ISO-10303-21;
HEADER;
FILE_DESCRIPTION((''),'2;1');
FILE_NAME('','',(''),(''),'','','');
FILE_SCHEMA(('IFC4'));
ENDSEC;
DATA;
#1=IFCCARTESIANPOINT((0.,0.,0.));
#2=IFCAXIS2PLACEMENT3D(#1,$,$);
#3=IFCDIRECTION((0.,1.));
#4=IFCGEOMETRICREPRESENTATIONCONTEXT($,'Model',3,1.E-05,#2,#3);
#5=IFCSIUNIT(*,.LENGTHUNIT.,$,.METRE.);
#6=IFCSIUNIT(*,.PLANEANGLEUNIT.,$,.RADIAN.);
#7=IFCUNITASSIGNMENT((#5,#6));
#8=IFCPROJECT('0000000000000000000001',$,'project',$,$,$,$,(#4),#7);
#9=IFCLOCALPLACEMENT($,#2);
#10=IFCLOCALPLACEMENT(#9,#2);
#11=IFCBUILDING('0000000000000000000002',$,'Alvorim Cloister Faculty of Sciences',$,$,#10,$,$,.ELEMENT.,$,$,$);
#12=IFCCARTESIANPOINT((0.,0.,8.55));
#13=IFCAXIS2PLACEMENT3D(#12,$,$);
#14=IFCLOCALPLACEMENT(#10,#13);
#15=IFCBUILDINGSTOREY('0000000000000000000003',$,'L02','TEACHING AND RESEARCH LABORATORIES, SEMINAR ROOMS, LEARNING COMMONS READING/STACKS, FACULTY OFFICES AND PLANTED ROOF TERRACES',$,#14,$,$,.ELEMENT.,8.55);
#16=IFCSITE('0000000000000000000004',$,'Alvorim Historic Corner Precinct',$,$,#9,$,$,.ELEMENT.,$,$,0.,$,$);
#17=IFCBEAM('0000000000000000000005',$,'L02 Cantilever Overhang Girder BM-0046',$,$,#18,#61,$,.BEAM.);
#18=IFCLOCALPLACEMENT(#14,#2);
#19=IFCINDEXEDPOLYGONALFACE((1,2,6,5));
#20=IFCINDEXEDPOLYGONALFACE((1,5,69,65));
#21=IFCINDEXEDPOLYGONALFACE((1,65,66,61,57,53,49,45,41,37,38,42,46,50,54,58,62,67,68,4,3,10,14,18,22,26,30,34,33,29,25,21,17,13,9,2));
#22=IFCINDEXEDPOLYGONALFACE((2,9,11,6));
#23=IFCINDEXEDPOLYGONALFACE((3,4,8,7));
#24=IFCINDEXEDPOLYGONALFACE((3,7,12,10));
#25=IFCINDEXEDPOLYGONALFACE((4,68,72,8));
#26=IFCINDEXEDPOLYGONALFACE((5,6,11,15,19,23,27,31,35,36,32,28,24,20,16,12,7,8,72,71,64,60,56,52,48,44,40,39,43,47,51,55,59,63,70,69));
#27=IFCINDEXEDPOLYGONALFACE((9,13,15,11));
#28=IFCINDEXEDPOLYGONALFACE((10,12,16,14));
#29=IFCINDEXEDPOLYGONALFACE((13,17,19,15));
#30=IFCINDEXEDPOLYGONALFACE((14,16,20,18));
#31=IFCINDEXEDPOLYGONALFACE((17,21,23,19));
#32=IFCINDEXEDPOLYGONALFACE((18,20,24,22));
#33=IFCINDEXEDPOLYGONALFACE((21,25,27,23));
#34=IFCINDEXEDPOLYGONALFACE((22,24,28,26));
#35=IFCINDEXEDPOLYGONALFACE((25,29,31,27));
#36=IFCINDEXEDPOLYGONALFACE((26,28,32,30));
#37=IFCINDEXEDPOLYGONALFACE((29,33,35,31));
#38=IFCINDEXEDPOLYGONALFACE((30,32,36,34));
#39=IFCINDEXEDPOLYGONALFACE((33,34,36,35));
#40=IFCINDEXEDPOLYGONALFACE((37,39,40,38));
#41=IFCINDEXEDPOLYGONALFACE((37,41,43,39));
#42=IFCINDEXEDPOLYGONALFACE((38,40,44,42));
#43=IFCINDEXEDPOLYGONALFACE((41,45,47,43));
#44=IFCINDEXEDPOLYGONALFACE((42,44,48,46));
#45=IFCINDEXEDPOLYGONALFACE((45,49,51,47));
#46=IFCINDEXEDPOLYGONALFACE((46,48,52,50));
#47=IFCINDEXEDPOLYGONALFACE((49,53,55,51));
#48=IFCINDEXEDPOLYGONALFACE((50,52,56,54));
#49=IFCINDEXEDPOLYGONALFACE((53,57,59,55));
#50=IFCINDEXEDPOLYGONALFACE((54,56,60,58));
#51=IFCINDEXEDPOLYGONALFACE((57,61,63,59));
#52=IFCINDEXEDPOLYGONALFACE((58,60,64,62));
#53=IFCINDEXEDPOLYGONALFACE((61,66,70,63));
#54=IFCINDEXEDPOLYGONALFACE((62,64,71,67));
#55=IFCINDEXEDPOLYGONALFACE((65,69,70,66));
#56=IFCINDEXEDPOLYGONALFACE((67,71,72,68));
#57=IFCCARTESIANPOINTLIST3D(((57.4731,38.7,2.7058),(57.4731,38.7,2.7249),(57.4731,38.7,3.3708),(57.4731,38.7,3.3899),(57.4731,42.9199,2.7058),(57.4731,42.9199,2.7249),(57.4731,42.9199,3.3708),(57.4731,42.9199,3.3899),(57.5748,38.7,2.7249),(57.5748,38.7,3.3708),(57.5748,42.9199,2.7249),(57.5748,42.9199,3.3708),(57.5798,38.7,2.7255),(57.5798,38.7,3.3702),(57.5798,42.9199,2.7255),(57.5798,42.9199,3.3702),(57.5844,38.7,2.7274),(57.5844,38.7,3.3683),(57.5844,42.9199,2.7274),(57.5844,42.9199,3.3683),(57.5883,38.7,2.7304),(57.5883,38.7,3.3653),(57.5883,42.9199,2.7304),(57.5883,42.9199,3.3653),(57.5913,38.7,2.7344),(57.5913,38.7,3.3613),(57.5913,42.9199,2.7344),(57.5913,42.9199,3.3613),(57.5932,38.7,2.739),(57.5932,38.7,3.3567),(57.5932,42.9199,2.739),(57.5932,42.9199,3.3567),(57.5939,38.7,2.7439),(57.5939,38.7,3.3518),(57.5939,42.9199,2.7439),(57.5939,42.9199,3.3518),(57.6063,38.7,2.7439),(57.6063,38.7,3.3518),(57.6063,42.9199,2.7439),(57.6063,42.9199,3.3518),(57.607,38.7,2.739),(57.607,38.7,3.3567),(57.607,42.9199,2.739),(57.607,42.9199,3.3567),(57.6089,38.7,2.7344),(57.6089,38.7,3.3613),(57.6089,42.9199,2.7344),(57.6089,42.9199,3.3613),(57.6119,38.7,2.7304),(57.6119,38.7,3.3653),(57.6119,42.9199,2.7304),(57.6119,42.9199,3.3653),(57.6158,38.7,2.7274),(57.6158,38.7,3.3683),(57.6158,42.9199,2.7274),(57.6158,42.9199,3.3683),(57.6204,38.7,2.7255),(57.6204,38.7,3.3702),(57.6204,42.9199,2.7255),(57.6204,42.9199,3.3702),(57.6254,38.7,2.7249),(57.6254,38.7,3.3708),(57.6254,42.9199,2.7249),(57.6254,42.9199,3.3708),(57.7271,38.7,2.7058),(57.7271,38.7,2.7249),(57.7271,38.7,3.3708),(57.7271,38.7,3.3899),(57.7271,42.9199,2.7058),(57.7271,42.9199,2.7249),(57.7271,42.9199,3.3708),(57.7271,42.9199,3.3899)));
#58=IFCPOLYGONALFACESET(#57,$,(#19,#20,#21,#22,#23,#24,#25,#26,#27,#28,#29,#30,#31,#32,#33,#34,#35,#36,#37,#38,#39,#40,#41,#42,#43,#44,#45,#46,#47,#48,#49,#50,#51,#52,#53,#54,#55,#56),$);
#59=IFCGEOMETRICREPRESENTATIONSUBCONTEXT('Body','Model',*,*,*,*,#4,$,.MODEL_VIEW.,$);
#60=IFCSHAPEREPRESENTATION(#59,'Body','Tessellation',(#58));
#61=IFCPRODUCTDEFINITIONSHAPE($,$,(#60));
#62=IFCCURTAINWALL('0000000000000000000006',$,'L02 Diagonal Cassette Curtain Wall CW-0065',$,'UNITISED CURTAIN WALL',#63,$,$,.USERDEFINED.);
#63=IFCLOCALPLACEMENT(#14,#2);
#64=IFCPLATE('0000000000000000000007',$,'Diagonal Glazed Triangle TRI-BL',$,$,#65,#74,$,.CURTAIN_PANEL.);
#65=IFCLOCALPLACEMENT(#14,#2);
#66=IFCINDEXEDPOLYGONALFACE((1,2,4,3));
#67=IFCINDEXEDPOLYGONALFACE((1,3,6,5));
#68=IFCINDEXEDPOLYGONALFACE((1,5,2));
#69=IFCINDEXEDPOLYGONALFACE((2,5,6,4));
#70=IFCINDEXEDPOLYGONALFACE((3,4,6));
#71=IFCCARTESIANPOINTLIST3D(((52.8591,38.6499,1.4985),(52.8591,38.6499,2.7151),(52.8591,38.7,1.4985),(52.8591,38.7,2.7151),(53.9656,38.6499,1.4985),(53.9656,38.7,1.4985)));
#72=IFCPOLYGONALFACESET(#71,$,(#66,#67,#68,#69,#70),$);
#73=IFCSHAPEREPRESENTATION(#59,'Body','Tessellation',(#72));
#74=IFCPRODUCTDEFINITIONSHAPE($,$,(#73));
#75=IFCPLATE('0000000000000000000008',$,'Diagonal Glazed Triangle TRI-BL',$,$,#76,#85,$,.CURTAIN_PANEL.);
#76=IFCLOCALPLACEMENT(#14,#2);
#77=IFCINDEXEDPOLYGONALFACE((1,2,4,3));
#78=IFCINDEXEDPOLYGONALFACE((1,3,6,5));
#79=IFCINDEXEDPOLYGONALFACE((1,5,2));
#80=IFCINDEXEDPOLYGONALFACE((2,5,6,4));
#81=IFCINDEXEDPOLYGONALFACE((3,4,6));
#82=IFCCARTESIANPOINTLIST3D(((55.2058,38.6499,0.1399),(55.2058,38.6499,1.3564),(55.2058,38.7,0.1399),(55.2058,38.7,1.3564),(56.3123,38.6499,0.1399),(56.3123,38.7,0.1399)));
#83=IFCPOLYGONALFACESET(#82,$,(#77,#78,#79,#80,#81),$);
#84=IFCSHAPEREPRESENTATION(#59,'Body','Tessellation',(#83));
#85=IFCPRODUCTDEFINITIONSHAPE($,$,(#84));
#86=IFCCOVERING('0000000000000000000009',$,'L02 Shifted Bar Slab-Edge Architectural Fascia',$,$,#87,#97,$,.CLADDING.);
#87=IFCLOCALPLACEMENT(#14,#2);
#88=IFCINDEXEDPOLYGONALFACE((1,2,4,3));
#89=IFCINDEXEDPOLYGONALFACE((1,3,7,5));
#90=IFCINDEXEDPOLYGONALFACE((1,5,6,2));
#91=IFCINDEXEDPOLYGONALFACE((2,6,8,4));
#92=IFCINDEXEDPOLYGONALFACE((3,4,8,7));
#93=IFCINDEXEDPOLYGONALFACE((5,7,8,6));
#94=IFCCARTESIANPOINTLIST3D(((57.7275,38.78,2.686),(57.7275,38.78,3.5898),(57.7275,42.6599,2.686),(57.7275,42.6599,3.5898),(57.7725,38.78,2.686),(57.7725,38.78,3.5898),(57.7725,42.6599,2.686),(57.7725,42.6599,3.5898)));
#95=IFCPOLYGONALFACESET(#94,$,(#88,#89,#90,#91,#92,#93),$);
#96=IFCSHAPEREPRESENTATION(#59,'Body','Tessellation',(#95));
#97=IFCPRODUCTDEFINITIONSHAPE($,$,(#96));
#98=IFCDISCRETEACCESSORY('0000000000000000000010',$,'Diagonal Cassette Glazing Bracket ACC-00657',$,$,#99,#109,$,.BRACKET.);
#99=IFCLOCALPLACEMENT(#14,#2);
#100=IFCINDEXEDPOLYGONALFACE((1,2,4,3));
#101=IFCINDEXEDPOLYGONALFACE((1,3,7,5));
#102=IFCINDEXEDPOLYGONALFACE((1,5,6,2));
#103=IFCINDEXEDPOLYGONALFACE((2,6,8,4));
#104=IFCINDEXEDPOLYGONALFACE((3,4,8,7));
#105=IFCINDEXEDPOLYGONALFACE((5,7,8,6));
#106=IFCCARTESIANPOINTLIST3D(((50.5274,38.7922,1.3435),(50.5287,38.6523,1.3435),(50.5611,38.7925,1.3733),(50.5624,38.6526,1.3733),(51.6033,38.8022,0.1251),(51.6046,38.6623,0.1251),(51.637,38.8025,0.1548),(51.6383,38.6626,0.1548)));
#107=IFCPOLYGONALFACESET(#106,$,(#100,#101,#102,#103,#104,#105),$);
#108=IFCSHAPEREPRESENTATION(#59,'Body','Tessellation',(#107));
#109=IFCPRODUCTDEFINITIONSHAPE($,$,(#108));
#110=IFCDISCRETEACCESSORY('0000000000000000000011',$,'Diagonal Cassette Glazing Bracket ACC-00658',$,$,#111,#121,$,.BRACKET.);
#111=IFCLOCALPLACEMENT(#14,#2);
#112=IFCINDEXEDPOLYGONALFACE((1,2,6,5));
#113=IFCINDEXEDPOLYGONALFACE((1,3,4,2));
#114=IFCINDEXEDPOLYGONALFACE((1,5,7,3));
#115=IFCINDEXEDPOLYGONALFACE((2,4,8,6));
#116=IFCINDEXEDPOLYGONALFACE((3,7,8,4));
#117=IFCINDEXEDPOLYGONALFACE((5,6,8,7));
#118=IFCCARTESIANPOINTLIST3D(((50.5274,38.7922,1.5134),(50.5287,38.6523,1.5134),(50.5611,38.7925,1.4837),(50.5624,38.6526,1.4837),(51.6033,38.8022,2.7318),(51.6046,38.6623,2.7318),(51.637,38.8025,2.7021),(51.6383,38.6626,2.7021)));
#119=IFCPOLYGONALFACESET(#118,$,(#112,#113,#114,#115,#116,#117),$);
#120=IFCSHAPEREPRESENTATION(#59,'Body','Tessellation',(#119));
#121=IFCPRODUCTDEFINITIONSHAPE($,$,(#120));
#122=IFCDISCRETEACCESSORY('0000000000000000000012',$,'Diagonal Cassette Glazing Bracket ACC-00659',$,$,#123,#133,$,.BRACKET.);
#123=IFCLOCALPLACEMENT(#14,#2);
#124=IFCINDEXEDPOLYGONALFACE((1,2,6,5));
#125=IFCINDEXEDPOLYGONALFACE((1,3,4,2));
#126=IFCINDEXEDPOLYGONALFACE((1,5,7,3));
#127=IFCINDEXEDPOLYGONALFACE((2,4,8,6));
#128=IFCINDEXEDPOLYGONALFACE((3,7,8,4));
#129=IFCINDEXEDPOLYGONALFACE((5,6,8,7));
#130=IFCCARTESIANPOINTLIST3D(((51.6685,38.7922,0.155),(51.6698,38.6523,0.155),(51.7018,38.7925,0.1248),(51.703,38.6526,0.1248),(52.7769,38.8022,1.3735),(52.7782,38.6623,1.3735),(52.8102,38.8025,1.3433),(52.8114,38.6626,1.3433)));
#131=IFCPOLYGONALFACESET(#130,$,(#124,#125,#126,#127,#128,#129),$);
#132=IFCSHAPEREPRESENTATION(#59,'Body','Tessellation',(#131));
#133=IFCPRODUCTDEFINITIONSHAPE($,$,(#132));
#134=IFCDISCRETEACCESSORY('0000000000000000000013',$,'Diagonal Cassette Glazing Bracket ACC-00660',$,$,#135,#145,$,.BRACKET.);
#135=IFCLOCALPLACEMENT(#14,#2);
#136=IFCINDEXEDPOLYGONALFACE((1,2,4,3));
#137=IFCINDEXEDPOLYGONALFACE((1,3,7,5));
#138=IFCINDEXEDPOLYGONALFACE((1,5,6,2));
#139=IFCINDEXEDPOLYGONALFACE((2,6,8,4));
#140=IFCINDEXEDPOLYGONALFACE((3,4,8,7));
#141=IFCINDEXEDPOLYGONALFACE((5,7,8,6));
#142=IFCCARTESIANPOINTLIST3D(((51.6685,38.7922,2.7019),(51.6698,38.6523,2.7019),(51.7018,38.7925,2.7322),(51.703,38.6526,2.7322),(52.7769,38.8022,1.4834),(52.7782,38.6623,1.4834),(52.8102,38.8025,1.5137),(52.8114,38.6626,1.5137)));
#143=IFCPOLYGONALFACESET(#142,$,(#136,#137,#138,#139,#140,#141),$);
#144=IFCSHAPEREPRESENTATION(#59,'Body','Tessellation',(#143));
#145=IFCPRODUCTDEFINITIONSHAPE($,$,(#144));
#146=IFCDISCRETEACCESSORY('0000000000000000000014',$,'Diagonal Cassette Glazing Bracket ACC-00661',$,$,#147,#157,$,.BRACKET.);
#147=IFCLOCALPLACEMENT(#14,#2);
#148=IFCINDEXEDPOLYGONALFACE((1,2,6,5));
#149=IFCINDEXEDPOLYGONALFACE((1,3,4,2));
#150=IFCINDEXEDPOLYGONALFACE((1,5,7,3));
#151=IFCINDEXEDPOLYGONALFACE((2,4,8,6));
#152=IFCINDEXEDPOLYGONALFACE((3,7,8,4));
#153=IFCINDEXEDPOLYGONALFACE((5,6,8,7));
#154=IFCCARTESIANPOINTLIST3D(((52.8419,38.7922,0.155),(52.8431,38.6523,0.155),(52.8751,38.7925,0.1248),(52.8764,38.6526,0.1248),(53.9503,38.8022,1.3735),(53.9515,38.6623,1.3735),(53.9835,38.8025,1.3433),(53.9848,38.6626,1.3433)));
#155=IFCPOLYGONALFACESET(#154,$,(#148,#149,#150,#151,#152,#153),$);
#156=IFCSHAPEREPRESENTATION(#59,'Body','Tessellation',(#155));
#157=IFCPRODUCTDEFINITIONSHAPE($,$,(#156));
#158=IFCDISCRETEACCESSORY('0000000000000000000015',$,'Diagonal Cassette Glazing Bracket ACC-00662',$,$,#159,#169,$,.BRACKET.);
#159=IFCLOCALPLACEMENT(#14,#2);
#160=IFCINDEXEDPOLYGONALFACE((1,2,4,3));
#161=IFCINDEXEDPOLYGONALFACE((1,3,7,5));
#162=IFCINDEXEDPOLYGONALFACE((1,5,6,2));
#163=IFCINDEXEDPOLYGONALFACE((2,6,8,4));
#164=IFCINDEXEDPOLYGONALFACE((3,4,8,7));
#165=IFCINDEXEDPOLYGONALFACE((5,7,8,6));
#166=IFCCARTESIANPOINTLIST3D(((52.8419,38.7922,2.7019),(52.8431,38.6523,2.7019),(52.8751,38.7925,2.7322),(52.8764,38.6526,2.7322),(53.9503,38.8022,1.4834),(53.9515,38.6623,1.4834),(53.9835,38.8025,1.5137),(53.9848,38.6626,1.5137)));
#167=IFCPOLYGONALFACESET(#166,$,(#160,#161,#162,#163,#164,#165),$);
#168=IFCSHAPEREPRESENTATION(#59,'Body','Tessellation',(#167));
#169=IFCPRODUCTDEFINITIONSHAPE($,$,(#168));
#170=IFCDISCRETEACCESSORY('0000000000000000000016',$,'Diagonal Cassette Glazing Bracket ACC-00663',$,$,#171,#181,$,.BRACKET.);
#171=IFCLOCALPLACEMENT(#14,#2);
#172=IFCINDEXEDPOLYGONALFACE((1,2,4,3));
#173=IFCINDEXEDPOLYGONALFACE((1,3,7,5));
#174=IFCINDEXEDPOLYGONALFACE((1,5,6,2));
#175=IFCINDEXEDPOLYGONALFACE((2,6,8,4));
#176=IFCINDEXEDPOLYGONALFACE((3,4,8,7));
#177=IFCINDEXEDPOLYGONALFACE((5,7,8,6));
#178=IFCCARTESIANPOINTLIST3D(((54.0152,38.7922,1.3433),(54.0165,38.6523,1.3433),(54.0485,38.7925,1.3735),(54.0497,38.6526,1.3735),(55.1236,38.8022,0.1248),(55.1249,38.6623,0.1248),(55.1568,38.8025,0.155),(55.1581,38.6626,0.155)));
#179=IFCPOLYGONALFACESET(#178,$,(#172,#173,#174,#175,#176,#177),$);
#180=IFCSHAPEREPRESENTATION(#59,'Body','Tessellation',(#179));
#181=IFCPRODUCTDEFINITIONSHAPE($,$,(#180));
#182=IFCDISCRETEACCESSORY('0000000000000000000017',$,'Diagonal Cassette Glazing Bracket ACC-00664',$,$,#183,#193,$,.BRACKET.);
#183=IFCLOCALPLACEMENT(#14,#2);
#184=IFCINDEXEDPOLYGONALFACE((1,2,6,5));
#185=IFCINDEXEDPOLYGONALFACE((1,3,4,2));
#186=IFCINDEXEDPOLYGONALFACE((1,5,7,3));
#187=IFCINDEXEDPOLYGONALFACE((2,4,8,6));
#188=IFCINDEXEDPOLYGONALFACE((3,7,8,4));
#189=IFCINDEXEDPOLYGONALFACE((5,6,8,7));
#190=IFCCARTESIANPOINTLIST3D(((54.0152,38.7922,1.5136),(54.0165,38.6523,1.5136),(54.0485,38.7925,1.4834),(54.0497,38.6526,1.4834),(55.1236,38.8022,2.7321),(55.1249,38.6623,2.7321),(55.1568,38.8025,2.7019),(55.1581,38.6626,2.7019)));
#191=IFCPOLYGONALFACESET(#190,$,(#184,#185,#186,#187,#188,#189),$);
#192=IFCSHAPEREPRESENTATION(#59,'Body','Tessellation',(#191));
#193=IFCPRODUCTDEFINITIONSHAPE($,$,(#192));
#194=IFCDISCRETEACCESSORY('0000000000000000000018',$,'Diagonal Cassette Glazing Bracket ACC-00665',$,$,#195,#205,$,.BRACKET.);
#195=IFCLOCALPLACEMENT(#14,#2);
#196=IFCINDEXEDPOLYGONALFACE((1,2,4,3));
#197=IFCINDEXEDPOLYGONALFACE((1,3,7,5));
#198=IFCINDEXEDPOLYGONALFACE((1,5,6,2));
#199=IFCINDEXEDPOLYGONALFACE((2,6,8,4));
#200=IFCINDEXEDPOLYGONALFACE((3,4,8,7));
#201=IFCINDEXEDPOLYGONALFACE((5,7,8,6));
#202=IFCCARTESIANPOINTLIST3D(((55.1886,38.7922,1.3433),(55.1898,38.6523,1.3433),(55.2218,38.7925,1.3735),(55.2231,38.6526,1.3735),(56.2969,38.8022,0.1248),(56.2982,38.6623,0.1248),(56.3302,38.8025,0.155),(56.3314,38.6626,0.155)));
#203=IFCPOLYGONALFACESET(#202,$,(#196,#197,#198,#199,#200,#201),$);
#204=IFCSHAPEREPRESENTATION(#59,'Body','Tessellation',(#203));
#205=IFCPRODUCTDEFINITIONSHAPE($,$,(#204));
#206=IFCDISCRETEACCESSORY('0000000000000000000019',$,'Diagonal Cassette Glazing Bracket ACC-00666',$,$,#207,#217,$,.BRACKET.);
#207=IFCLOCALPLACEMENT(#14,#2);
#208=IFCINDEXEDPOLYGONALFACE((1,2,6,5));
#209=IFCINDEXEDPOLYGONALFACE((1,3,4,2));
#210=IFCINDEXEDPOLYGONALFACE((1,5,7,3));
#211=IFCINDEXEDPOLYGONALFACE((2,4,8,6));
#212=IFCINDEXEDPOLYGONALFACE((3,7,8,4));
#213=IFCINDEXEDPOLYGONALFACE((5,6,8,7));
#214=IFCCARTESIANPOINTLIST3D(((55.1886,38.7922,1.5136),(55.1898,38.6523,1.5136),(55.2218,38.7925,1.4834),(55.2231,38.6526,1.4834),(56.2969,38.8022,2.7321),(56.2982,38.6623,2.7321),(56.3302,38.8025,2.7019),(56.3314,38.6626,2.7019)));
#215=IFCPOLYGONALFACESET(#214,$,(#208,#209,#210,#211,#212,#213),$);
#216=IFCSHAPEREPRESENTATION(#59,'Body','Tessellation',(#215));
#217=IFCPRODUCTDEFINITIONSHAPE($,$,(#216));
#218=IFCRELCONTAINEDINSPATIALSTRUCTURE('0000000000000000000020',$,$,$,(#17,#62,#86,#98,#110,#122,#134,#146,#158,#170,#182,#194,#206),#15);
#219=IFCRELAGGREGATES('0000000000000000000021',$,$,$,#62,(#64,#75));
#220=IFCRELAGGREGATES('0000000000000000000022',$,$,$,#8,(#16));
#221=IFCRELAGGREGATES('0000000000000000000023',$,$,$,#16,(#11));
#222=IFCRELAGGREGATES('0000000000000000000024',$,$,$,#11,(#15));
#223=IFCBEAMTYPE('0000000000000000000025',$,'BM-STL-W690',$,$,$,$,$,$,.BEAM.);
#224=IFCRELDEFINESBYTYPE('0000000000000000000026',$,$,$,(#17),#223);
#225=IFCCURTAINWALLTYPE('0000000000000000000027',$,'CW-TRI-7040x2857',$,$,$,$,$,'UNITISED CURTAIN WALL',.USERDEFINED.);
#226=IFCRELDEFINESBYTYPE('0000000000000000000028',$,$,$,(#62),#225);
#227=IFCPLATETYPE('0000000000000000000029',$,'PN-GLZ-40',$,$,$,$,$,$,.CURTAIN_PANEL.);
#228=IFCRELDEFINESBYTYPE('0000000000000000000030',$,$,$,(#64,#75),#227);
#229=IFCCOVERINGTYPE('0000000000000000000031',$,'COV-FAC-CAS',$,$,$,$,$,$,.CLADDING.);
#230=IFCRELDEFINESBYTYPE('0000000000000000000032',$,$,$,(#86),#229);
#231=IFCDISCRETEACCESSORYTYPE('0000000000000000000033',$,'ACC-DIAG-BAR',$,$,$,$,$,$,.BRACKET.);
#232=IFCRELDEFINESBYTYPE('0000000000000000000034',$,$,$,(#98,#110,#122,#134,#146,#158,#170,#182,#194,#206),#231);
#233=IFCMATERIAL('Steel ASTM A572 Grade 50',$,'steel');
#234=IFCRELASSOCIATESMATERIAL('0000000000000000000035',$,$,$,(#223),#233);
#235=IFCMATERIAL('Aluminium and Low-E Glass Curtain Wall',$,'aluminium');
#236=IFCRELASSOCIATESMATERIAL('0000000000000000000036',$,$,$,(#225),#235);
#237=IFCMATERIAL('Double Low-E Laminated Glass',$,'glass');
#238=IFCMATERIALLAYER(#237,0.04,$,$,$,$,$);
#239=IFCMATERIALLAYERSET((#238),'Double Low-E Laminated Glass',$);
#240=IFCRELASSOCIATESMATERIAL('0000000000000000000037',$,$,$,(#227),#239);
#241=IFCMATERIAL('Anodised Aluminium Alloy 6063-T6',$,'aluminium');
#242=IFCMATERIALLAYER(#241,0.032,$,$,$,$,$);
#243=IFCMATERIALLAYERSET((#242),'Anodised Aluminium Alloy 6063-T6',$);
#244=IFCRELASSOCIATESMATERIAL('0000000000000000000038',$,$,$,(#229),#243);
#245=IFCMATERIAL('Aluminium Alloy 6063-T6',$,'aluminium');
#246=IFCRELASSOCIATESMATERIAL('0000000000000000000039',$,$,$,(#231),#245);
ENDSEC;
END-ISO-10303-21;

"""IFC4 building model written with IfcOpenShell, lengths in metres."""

from ifc_helpers import new_model, si_unit, direction, frame, origin, origin_2d, place, context, subcontext, project, spatial, polyline, rectangle, i_section, outline, extrude, material, layer, layer_set, material_profile, profile_set, type_object, element, aggregate, save


model = new_model("IFC4")

# Units and contexts
model_context = context("Model", 3, precision=1e-05, world=origin(), true_north=direction((0.0, 1.0)))
body_context = subcontext(model_context, "Body", "Model", "MODEL_VIEW")
ifc_project = project(units=[si_unit("LENGTHUNIT", "METRE"), si_unit("PLANEANGLEUNIT", "RADIAN")], contexts=[model_context])

# Site, building, storey
site_placement = place(None, origin())
site = spatial("IfcSite", under=ifc_project, at=site_placement, Name="Alvorim Historic Corner Precinct", CompositionType="ELEMENT", RefElevation=0.0)
building_placement = place(site_placement, origin())
building = spatial("IfcBuilding", under=site, at=building_placement, Name="Alvorim Cloister Faculty of Sciences", CompositionType="ELEMENT")
storey_placement = place(building_placement, frame((0.0, 0.0, 8.55)))
storey = spatial("IfcBuildingStorey", under=building, at=storey_placement, Name="L02", Description="TEACHING AND RESEARCH LABORATORIES, SEMINAR ROOMS, LEARNING COMMONS READING/STACKS, FACULTY OFFICES AND PLANTED ROOF TERRACES", CompositionType="ELEMENT", Elevation=8.55)

# Beam
ifc_material_1 = material(Name="Steel ASTM A572 Grade 50", Category="steel")
ifc_material_profile = material_profile(ifc_material_1, i_section(OverallWidth=0.2539, OverallDepth=0.6841, WebThickness=0.0125, FlangeThickness=0.019, FilletRadius=0.019, at=origin_2d()), Name="W690x140.0")
ifc_profile_set = profile_set([ifc_material_profile], Name="Steel ASTM A572 Grade 50")
beam_type = type_object("IfcBeamType", Name="BM-STL-W690", PredefinedType="BEAM", material=ifc_profile_set)
beam_placement = place(storey_placement, frame((57.6001, 38.7, 3.0479), z_axis=(0.0, 1.0, 0.0), x_axis=(-1.0, 0.0, 0.0)))
element("IfcBeam", 1, at=beam_placement, inside=storey, type_object=beam_type, Name="L02 Cantilever Overhang Girder BM-0046", PredefinedType="BEAM", context=body_context, shape_type="SweptSolid", body=[
    extrude(i_section(OverallWidth=0.2539, OverallDepth=0.6841, WebThickness=0.0125, FlangeThickness=0.019, FilletRadius=0.019, at=origin_2d()), origin(), (0.0, 0.0, 1.0), 4.22),
])

# Curtain wall, plates
ifc_material_2 = material(Name="Aluminium and Low-E Glass Curtain Wall", Category="aluminium")
curtain_wall_type = type_object("IfcCurtainWallType", Name="CW-TRI-7040x2857", ElementType="UNITISED CURTAIN WALL", PredefinedType="USERDEFINED", material=ifc_material_2)
curtain_wall_placement = place(storey_placement, origin())
curtain_wall = element("IfcCurtainWall", 2, at=curtain_wall_placement, inside=storey, type_object=curtain_wall_type, Name="L02 Diagonal Cassette Curtain Wall CW-0065", ObjectType="UNITISED CURTAIN WALL", PredefinedType="USERDEFINED")
ifc_material_3 = material(Name="Double Low-E Laminated Glass", Category="glass")
ifc_layer_1 = layer(ifc_material_3, 0.04)
ifc_layer_set_1 = layer_set([ifc_layer_1], Name="Double Low-E Laminated Glass")
plate_type = type_object("IfcPlateType", Name="PN-GLZ-40", PredefinedType="CURTAIN_PANEL", material=ifc_layer_set_1)
plate_1_placement = place(storey_placement, frame((52.8591, 38.675, 1.4985), z_axis=(0.0, 0.0, 1.0), x_axis=(1.0, 0.0, 0.0)))
plate_1 = element("IfcPlate", 3, at=plate_1_placement, type_object=plate_type, Name="Diagonal Glazed Triangle TRI-BL", PredefinedType="CURTAIN_PANEL", context=body_context, shape_type="SweptSolid", body=[
    extrude(outline(polyline([(0.0, 0.0), (1.1064, 0.0), (0.0, 1.2166), (0.0, 0.0)])), frame((0.0, 0.0249, 0.0), z_axis=(0.0, -1.0, 0.0), x_axis=(1.0, 0.0, 0.0)), (0.0, 0.0, 1.0), 0.05),
])
plate_2_placement = place(storey_placement, frame((55.2058, 38.675, 0.1399), z_axis=(0.0, 0.0, 1.0), x_axis=(1.0, 0.0, 0.0)))
plate_2 = element("IfcPlate", 4, at=plate_2_placement, type_object=plate_type, Name="Diagonal Glazed Triangle TRI-BL", PredefinedType="CURTAIN_PANEL", context=body_context, shape_type="SweptSolid", body=[
    extrude(outline(polyline([(0.0, 0.0), (1.1064, 0.0), (0.0, 1.2166), (0.0, 0.0)])), frame((0.0, 0.0249, 0.0), z_axis=(0.0, -1.0, 0.0), x_axis=(1.0, 0.0, 0.0)), (0.0, 0.0, 1.0), 0.05),
])
aggregate(curtain_wall, [plate_1, plate_2])

# Covering
ifc_material_4 = material(Name="Anodised Aluminium Alloy 6063-T6", Category="aluminium")
ifc_layer_2 = layer(ifc_material_4, 0.032)
ifc_layer_set_2 = layer_set([ifc_layer_2], Name="Anodised Aluminium Alloy 6063-T6")
covering_type = type_object("IfcCoveringType", Name="COV-FAC-CAS", PredefinedType="CLADDING", material=ifc_layer_set_2)
covering_placement = place(storey_placement, frame((57.75, 38.78, 2.686), z_axis=(0.0, 0.0, 1.0), x_axis=(0.0, 1.0, 0.0)))
element("IfcCovering", 5, at=covering_placement, inside=storey, type_object=covering_type, Name="L02 Shifted Bar Slab-Edge Architectural Fascia", PredefinedType="CLADDING", context=body_context, shape_type="SweptSolid", body=[
    extrude(outline(polyline([(0.0, 0.0), (3.8799, 0.0), (3.8799, 0.9038), (0.0, 0.9038), (0.0, 0.0)])), frame((0.0, 0.0225, 0.0), z_axis=(0.0, -1.0, 0.0), x_axis=(1.0, 0.0, 0.0)), (0.0, 0.0, 1.0), 0.0449),
])

# Discrete accessories
ifc_material_5 = material(Name="Aluminium Alloy 6063-T6", Category="aluminium")
discrete_accessory_type = type_object("IfcDiscreteAccessoryType", Name="ACC-DIAG-BAR", PredefinedType="BRACKET", material=ifc_material_5)
for number, where, z_axis, x_axis, name in (
    (6, (50.5449, 38.7224, 1.3584), (0.661877, 0.006158, -0.749587), (-0.009303, 0.999957, 0.0), "Diagonal Cassette Glazing Bracket ACC-00657"),
    (7, (50.5449, 38.7224, 1.4985), (0.661877, 0.006158, 0.749587), (-0.009303, 0.999957, 0.0), "Diagonal Cassette Glazing Bracket ACC-00658"),
):
    element("IfcDiscreteAccessory", number, at=place(storey_placement, frame(where, z_axis=z_axis, x_axis=x_axis)), inside=storey, type_object=discrete_accessory_type, Name=name, PredefinedType="BRACKET", context=body_context, shape_type="SweptSolid", body=[
        extrude(rectangle(XDim=0.1399, YDim=0.0449, at=origin_2d()), origin(), (0.0, 0.0, 1.0), 1.6255),
    ])
for number, where, z_axis, x_axis, name in (
    (8, (51.6858, 38.7224, 0.1399), (0.672882, 0.006077, 0.739725), (-0.00903, 0.999959, 0.0), "Diagonal Cassette Glazing Bracket ACC-00659"),
    (9, (51.6858, 38.7224, 2.717), (0.672882, 0.006077, -0.739725), (-0.00903, 0.999959, 0.0), "Diagonal Cassette Glazing Bracket ACC-00660"),
    (10, (52.8591, 38.7224, 0.1399), (0.672882, 0.006077, 0.739725), (-0.00903, 0.999959, 0.0), "Diagonal Cassette Glazing Bracket ACC-00661"),
    (11, (52.8591, 38.7224, 2.717), (0.672882, 0.006077, -0.739725), (-0.00903, 0.999959, 0.0), "Diagonal Cassette Glazing Bracket ACC-00662"),
    (12, (54.0325, 38.7224, 1.3584), (0.672882, 0.006077, -0.739725), (-0.00903, 0.999959, 0.0), "Diagonal Cassette Glazing Bracket ACC-00663"),
    (13, (54.0325, 38.7224, 1.4985), (0.672882, 0.006077, 0.739725), (-0.00903, 0.999959, 0.0), "Diagonal Cassette Glazing Bracket ACC-00664"),
    (14, (55.2058, 38.7224, 1.3584), (0.672882, 0.006077, -0.739725), (-0.00903, 0.999959, 0.0), "Diagonal Cassette Glazing Bracket ACC-00665"),
    (15, (55.2058, 38.7224, 1.4985), (0.672882, 0.006077, 0.739725), (-0.00903, 0.999959, 0.0), "Diagonal Cassette Glazing Bracket ACC-00666"),
):
    element("IfcDiscreteAccessory", number, at=place(storey_placement, frame(where, z_axis=z_axis, x_axis=x_axis)), inside=storey, type_object=discrete_accessory_type, Name=name, PredefinedType="BRACKET", context=body_context, shape_type="SweptSolid", body=[
        extrude(rectangle(XDim=0.1399, YDim=0.0449, at=origin_2d()), origin(), (0.0, 0.0, 1.0), 1.6472),
    ])

save(model, "model.ifc")
